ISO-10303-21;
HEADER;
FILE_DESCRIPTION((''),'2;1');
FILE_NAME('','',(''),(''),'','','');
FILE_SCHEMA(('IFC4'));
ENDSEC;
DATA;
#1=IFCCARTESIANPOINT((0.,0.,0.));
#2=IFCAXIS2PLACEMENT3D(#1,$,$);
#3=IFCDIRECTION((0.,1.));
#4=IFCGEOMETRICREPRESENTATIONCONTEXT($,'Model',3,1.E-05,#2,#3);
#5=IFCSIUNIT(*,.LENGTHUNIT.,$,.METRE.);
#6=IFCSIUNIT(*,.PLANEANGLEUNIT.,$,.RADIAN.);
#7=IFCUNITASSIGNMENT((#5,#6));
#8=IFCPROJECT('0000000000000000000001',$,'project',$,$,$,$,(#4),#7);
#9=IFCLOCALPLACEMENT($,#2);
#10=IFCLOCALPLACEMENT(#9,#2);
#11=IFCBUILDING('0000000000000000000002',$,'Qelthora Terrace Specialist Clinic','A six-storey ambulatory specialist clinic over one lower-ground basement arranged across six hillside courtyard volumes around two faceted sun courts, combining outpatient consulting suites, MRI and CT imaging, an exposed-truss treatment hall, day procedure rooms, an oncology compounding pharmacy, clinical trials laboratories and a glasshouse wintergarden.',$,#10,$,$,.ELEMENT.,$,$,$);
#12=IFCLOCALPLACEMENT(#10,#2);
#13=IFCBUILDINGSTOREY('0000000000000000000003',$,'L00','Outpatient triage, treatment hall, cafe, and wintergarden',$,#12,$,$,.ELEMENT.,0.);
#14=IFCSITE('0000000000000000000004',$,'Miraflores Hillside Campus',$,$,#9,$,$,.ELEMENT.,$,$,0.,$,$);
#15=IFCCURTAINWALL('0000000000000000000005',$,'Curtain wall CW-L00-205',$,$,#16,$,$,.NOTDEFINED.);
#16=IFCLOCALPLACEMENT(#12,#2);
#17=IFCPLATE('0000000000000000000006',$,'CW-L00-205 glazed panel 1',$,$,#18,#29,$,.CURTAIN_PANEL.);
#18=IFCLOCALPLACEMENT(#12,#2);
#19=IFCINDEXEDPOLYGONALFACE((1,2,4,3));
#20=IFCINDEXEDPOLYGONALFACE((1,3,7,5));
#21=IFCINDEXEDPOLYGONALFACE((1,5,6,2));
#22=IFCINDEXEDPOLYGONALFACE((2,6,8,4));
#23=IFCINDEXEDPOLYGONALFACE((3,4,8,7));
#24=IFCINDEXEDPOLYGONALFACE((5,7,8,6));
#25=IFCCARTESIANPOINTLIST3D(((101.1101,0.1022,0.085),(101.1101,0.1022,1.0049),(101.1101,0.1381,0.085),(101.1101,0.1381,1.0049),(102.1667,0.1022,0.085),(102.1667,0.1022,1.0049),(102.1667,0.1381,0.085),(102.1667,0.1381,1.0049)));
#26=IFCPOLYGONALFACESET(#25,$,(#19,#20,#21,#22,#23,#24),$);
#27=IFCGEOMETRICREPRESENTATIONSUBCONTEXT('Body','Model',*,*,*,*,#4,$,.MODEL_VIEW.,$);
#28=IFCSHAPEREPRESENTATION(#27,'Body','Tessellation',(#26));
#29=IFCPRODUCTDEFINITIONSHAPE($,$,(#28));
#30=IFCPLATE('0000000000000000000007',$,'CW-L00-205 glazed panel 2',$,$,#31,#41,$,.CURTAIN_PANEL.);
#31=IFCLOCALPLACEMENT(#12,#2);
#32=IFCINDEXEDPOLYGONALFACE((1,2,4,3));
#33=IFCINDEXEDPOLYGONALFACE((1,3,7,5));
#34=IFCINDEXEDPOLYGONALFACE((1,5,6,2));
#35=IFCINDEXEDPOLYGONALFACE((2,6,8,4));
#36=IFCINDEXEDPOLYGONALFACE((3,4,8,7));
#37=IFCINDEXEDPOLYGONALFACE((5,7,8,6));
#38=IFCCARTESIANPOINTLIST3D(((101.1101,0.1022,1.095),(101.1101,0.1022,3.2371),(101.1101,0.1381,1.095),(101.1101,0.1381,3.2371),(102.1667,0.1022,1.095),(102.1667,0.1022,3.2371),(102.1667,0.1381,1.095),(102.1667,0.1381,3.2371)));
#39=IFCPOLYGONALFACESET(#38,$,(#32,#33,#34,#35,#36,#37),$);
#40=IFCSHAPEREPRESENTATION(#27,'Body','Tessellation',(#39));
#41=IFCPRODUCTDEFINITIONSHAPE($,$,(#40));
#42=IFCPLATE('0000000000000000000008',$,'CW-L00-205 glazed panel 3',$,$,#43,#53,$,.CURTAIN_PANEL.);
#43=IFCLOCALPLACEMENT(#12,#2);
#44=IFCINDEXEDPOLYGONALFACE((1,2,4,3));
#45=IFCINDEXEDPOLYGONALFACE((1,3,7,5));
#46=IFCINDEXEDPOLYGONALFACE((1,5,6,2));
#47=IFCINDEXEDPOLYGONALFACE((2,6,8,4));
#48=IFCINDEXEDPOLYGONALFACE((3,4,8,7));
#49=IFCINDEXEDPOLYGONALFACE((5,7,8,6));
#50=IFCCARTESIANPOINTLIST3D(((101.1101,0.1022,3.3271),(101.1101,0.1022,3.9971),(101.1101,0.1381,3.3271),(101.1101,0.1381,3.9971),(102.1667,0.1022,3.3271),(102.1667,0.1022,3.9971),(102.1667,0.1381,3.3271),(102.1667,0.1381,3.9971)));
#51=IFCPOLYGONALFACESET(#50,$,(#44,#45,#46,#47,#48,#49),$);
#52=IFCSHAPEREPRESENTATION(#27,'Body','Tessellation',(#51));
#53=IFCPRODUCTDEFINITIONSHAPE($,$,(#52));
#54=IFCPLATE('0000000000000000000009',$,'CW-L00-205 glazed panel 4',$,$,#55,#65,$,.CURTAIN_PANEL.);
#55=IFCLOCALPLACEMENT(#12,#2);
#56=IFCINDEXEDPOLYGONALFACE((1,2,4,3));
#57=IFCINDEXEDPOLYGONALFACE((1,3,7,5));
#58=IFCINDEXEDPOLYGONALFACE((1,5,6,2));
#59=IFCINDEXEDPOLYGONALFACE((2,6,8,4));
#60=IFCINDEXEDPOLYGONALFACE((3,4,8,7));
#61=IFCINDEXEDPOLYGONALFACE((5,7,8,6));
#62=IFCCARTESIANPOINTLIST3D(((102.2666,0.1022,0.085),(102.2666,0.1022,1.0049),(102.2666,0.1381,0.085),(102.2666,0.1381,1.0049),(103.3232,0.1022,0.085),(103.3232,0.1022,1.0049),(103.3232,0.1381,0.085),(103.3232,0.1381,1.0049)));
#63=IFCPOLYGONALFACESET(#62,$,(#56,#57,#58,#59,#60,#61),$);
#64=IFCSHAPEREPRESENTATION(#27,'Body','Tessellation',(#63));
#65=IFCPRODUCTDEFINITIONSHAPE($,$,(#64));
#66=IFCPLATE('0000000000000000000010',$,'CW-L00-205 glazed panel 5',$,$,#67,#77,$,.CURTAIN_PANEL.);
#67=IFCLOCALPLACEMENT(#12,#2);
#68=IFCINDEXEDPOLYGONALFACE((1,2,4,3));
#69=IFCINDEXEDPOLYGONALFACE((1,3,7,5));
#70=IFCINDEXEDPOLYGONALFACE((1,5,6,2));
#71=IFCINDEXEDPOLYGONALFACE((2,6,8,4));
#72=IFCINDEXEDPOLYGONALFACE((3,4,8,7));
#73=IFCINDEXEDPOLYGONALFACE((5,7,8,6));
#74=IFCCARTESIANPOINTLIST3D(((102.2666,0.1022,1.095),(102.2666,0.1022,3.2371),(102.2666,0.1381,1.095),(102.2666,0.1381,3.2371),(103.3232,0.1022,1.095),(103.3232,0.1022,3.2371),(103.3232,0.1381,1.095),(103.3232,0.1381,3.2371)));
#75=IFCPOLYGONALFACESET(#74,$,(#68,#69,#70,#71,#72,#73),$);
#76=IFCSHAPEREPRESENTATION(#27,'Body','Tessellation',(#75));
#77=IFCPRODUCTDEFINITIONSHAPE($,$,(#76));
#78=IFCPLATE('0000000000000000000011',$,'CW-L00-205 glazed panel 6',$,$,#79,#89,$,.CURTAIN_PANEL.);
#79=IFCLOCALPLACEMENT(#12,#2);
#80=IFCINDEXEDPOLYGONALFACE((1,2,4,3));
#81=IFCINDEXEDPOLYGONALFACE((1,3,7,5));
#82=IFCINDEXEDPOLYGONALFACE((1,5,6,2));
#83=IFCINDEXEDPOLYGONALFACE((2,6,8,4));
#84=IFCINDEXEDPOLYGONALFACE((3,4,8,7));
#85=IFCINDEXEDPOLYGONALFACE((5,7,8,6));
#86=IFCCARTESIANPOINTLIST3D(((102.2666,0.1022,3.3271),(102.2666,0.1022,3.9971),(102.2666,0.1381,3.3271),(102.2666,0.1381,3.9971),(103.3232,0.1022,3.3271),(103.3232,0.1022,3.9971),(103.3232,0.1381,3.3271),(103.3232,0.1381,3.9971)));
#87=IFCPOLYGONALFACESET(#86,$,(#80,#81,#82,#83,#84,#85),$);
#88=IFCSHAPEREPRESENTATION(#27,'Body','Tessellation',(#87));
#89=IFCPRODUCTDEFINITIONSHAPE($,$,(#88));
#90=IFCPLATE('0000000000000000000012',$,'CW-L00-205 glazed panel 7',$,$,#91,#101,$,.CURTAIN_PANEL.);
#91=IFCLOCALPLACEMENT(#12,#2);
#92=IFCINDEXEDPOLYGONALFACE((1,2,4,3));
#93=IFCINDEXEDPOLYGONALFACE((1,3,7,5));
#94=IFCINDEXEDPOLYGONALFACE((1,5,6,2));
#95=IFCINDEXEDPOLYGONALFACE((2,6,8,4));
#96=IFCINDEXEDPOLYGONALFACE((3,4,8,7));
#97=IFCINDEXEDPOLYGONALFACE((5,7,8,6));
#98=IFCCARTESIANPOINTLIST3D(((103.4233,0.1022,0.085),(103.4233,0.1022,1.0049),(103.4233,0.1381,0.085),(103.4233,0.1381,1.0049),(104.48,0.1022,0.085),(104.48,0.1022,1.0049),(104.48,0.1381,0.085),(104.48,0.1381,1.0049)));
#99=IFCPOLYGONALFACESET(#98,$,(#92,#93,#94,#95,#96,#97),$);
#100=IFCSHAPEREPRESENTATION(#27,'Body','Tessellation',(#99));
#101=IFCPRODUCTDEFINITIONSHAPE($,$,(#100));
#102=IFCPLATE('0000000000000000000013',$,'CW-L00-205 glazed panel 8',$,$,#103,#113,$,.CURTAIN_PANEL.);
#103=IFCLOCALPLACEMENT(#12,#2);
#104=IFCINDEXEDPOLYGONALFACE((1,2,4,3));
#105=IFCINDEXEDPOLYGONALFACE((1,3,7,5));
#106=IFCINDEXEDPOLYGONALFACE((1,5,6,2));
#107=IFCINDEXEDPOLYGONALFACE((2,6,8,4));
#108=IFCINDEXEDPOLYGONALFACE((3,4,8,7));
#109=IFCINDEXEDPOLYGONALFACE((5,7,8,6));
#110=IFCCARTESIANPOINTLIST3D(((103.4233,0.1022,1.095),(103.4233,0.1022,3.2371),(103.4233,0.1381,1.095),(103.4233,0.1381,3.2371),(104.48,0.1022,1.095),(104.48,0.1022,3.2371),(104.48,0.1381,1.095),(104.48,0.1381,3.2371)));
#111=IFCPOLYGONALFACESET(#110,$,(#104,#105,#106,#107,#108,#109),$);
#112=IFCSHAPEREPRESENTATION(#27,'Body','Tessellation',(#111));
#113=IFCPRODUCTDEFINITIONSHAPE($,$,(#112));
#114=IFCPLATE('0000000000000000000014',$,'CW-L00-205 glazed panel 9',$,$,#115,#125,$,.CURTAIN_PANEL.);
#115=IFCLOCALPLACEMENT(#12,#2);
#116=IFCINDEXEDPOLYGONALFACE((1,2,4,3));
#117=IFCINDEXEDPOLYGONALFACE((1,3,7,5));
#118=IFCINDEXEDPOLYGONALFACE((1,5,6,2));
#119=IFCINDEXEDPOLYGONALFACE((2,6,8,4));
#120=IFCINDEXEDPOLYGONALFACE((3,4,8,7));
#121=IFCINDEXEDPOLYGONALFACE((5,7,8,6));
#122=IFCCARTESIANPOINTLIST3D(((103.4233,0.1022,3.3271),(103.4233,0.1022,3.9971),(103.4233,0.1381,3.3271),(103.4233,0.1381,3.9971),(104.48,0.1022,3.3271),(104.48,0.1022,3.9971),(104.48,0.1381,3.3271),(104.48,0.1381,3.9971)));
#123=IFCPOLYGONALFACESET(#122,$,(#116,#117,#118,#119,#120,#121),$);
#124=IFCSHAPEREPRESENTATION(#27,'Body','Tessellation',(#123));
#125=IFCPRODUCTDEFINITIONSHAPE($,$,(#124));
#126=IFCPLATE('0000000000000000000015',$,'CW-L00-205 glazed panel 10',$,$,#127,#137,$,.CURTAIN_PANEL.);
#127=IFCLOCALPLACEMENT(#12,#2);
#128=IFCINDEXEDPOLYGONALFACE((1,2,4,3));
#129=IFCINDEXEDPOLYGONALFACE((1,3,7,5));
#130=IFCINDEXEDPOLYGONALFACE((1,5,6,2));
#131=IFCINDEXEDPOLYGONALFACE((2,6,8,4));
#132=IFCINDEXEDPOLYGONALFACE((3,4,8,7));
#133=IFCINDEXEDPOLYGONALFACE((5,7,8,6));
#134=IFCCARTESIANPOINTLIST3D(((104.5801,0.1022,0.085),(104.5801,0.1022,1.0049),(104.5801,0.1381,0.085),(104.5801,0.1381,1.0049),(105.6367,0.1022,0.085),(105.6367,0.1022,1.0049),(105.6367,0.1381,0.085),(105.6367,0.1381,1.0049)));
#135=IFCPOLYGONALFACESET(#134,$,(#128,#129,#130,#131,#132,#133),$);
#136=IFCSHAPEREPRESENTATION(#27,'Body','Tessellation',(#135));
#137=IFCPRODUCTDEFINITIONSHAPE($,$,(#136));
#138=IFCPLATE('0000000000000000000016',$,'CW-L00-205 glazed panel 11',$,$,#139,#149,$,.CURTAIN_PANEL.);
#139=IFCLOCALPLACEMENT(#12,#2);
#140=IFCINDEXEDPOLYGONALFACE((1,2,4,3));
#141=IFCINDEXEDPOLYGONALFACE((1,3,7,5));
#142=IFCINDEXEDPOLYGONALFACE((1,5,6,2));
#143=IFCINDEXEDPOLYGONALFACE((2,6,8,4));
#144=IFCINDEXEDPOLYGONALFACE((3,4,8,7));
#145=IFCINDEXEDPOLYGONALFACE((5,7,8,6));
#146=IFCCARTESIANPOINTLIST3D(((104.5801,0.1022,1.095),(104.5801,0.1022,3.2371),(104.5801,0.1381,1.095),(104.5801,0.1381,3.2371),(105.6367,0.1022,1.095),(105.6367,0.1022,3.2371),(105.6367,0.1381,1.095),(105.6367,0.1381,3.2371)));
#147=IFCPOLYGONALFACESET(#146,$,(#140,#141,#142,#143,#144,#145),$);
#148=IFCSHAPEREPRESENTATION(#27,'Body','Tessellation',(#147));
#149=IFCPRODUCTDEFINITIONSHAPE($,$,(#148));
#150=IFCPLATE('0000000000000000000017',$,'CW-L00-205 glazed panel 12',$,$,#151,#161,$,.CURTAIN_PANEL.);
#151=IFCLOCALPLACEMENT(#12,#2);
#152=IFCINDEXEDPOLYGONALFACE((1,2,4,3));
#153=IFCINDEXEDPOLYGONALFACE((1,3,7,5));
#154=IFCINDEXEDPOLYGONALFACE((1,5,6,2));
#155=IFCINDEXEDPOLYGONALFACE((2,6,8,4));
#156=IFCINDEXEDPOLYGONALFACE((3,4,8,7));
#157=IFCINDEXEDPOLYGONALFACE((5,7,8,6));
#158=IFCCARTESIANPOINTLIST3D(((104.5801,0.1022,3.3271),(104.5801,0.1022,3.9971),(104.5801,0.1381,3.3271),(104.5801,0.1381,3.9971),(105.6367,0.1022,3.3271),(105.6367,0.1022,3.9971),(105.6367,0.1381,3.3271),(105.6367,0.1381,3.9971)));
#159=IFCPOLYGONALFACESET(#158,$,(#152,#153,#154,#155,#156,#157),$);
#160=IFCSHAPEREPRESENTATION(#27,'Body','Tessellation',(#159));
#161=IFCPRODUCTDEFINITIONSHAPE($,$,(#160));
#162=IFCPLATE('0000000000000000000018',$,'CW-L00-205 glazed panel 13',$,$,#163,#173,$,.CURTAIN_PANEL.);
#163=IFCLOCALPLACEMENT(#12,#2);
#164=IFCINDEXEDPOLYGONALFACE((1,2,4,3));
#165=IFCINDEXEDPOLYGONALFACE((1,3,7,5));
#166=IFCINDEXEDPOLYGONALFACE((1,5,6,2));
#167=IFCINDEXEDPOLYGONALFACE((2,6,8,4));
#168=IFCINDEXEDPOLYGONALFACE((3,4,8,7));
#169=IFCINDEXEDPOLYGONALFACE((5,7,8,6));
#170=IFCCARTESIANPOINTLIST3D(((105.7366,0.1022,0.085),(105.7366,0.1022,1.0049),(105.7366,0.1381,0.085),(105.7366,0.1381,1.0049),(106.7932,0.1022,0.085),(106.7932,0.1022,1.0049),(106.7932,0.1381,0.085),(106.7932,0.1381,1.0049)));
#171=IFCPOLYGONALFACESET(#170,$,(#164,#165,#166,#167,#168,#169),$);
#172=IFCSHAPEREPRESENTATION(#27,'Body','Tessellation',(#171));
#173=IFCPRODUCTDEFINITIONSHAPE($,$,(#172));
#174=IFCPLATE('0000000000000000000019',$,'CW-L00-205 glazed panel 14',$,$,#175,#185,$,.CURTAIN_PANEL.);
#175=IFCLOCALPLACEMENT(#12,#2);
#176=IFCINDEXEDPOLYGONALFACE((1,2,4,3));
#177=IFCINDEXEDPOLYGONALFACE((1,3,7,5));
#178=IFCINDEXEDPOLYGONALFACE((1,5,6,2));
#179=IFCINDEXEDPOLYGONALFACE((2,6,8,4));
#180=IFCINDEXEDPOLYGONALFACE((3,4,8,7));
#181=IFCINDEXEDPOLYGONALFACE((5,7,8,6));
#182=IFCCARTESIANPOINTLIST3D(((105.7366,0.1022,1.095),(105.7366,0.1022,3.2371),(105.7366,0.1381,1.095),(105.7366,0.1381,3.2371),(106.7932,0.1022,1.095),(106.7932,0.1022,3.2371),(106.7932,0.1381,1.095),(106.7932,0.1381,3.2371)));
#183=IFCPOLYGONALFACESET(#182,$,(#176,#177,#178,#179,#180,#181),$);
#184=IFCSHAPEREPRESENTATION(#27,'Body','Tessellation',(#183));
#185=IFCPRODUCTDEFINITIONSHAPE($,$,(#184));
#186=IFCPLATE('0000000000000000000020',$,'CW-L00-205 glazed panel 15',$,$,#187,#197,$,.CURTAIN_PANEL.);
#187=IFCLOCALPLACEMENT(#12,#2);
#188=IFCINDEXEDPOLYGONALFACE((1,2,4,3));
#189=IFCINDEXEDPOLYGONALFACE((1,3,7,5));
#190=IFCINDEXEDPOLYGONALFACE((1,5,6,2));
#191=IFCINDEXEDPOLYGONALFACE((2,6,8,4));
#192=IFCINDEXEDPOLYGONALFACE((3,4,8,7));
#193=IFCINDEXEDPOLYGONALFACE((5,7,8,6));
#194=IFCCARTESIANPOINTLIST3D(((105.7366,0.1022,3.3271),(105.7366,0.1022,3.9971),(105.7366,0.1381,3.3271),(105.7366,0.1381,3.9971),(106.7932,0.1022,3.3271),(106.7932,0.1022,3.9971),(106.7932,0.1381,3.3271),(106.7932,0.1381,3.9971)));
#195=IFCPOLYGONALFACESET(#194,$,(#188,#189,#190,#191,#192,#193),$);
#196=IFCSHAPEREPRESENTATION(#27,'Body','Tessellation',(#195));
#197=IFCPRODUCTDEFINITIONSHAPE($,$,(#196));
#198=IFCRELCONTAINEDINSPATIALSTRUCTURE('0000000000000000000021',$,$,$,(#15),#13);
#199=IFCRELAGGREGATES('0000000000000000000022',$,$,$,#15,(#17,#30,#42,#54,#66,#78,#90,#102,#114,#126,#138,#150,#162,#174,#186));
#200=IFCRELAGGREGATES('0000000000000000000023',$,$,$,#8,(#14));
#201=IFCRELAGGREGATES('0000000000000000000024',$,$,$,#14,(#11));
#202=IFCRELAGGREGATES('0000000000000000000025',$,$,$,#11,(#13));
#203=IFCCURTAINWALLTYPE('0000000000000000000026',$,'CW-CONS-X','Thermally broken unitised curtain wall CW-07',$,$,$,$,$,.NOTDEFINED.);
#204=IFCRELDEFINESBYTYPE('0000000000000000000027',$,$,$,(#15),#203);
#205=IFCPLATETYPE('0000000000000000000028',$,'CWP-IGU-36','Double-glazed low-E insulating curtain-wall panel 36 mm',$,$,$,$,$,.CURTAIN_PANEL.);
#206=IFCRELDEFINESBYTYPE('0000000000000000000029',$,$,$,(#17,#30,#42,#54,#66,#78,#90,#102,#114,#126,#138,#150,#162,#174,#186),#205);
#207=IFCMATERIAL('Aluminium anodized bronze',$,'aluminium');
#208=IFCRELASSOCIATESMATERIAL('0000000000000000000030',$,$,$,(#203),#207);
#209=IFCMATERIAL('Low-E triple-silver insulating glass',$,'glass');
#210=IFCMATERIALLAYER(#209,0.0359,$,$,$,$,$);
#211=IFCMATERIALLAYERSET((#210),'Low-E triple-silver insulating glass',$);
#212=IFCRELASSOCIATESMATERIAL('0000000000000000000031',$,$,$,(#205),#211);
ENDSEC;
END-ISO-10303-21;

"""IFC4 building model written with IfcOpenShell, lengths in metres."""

from ifc_helpers import new_model, si_unit, direction, frame, origin, origin_2d, place, context, subcontext, project, spatial, rectangle, extrude, material, layer, layer_set, type_object, element, aggregate, save


model = new_model("IFC4")

# Units and contexts
model_context = context("Model", 3, precision=1e-05, world=origin(), true_north=direction((0.0, 1.0)))
body_context = subcontext(model_context, "Body", "Model", "MODEL_VIEW")
ifc_project = project(units=[si_unit("LENGTHUNIT", "METRE"), si_unit("PLANEANGLEUNIT", "RADIAN")], contexts=[model_context])

# Site, building, storey
site_placement = place(None, origin())
site = spatial("IfcSite", under=ifc_project, at=site_placement, Name="Miraflores Hillside Campus", CompositionType="ELEMENT", RefElevation=0.0)
building_placement = place(site_placement, origin())
building = spatial("IfcBuilding", under=site, at=building_placement, Name="Qelthora Terrace Specialist Clinic", Description="A six-storey ambulatory specialist clinic over one lower-ground basement arranged across six hillside courtyard volumes around two faceted sun courts, combining outpatient consulting suites, MRI and CT imaging, an exposed-truss treatment hall, day procedure rooms, an oncology compounding pharmacy, clinical trials laboratories and a glasshouse wintergarden.", CompositionType="ELEMENT")
storey_placement = place(building_placement, origin())
storey = spatial("IfcBuildingStorey", under=building, at=storey_placement, Name="L00", Description="Outpatient triage, treatment hall, cafe, and wintergarden", CompositionType="ELEMENT", Elevation=0.0)

# Curtain wall, plates
ifc_material_1 = material(Name="Aluminium anodized bronze", Category="aluminium")
curtain_wall_type = type_object("IfcCurtainWallType", Name="CW-CONS-X", Description="Thermally broken unitised curtain wall CW-07", PredefinedType="NOTDEFINED", material=ifc_material_1)
curtain_wall_placement = place(storey_placement, origin())
curtain_wall = element("IfcCurtainWall", 1, at=curtain_wall_placement, inside=storey, type_object=curtain_wall_type, Name="Curtain wall CW-L00-205", PredefinedType="NOTDEFINED")
ifc_material_2 = material(Name="Low-E triple-silver insulating glass", Category="glass")
ifc_layer_1 = layer(ifc_material_2, 0.0359)
ifc_layer_set_1 = layer_set([ifc_layer_1], Name="Low-E triple-silver insulating glass")
plate_type_1 = type_object("IfcPlateType", Name="CWP-IGU-36", Description="Double-glazed low-E insulating curtain-wall panel 36 mm", PredefinedType="CURTAIN_PANEL", material=ifc_layer_set_1)
plate_1_placement = place(storey_placement, frame((101.6384, 0.1201, 0.085), z_axis=(0.0, 0.0, 1.0), x_axis=(1.0, 0.0, 0.0)))
plate_1 = element("IfcPlate", 2, at=plate_1_placement, type_object=plate_type_1, Name="CW-L00-205 glazed panel 1", PredefinedType="CURTAIN_PANEL", context=body_context, shape_type="SweptSolid", body=[
    extrude(rectangle(XDim=1.0566, YDim=0.0359, at=origin_2d()), origin(), (0.0, 0.0, 1.0), 0.9199),
])
plate_2_placement = place(storey_placement, frame((101.6384, 0.1201, 1.095), z_axis=(0.0, 0.0, 1.0), x_axis=(1.0, 0.0, 0.0)))
plate_2 = element("IfcPlate", 3, at=plate_2_placement, type_object=plate_type_1, Name="CW-L00-205 glazed panel 2", PredefinedType="CURTAIN_PANEL", context=body_context, shape_type="SweptSolid", body=[
    extrude(rectangle(XDim=1.0566, YDim=0.0359, at=origin_2d()), origin(), (0.0, 0.0, 1.0), 2.1421),
])
plate_3_placement = place(storey_placement, frame((101.6384, 0.1201, 3.3271), z_axis=(0.0, 0.0, 1.0), x_axis=(1.0, 0.0, 0.0)))
plate_3 = element("IfcPlate", 4, at=plate_3_placement, type_object=plate_type_1, Name="CW-L00-205 glazed panel 3", PredefinedType="CURTAIN_PANEL", context=body_context, shape_type="SweptSolid", body=[
    extrude(rectangle(XDim=1.0566, YDim=0.0359, at=origin_2d()), origin(), (0.0, 0.0, 1.0), 0.6699),
])
plate_4_placement = place(storey_placement, frame((102.7949, 0.1201, 0.085), z_axis=(0.0, 0.0, 1.0), x_axis=(1.0, 0.0, 0.0)))
plate_4 = element("IfcPlate", 5, at=plate_4_placement, type_object=plate_type_1, Name="CW-L00-205 glazed panel 4", PredefinedType="CURTAIN_PANEL", context=body_context, shape_type="SweptSolid", body=[
    extrude(rectangle(XDim=1.0566, YDim=0.0359, at=origin_2d()), origin(), (0.0, 0.0, 1.0), 0.9199),
])
plate_5_placement = place(storey_placement, frame((102.7949, 0.1201, 1.095), z_axis=(0.0, 0.0, 1.0), x_axis=(1.0, 0.0, 0.0)))
plate_5 = element("IfcPlate", 6, at=plate_5_placement, type_object=plate_type_1, Name="CW-L00-205 glazed panel 5", PredefinedType="CURTAIN_PANEL", context=body_context, shape_type="SweptSolid", body=[
    extrude(rectangle(XDim=1.0566, YDim=0.0359, at=origin_2d()), origin(), (0.0, 0.0, 1.0), 2.1421),
])
plate_6_placement = place(storey_placement, frame((102.7949, 0.1201, 3.3271), z_axis=(0.0, 0.0, 1.0), x_axis=(1.0, 0.0, 0.0)))
plate_6 = element("IfcPlate", 7, at=plate_6_placement, type_object=plate_type_1, Name="CW-L00-205 glazed panel 6", PredefinedType="CURTAIN_PANEL", context=body_context, shape_type="SweptSolid", body=[
    extrude(rectangle(XDim=1.0566, YDim=0.0359, at=origin_2d()), origin(), (0.0, 0.0, 1.0), 0.6699),
])
plate_7_placement = place(storey_placement, frame((103.9517, 0.1201, 0.085), z_axis=(0.0, 0.0, 1.0), x_axis=(1.0, 0.0, 0.0)))
plate_7 = element("IfcPlate", 8, at=plate_7_placement, type_object=plate_type_1, Name="CW-L00-205 glazed panel 7", PredefinedType="CURTAIN_PANEL", context=body_context, shape_type="SweptSolid", body=[
    extrude(rectangle(XDim=1.0566, YDim=0.0359, at=origin_2d()), origin(), (0.0, 0.0, 1.0), 0.9199),
])
plate_8_placement = place(storey_placement, frame((103.9517, 0.1201, 1.095), z_axis=(0.0, 0.0, 1.0), x_axis=(1.0, 0.0, 0.0)))
plate_8 = element("IfcPlate", 9, at=plate_8_placement, type_object=plate_type_1, Name="CW-L00-205 glazed panel 8", PredefinedType="CURTAIN_PANEL", context=body_context, shape_type="SweptSolid", body=[
    extrude(rectangle(XDim=1.0566, YDim=0.0359, at=origin_2d()), origin(), (0.0, 0.0, 1.0), 2.1421),
])
plate_9_placement = place(storey_placement, frame((103.9517, 0.1201, 3.3271), z_axis=(0.0, 0.0, 1.0), x_axis=(1.0, 0.0, 0.0)))
plate_9 = element("IfcPlate", 10, at=plate_9_placement, type_object=plate_type_1, Name="CW-L00-205 glazed panel 9", PredefinedType="CURTAIN_PANEL", context=body_context, shape_type="SweptSolid", body=[
    extrude(rectangle(XDim=1.0566, YDim=0.0359, at=origin_2d()), origin(), (0.0, 0.0, 1.0), 0.6699),
])
plate_10_placement = place(storey_placement, frame((105.1084, 0.1201, 0.085), z_axis=(0.0, 0.0, 1.0), x_axis=(1.0, 0.0, 0.0)))
plate_10 = element("IfcPlate", 11, at=plate_10_placement, type_object=plate_type_1, Name="CW-L00-205 glazed panel 10", PredefinedType="CURTAIN_PANEL", context=body_context, shape_type="SweptSolid", body=[
    extrude(rectangle(XDim=1.0566, YDim=0.0359, at=origin_2d()), origin(), (0.0, 0.0, 1.0), 0.9199),
])
plate_11_placement = place(storey_placement, frame((105.1084, 0.1201, 1.095), z_axis=(0.0, 0.0, 1.0), x_axis=(1.0, 0.0, 0.0)))
plate_11 = element("IfcPlate", 12, at=plate_11_placement, type_object=plate_type_1, Name="CW-L00-205 glazed panel 11", PredefinedType="CURTAIN_PANEL", context=body_context, shape_type="SweptSolid", body=[
    extrude(rectangle(XDim=1.0566, YDim=0.0359, at=origin_2d()), origin(), (0.0, 0.0, 1.0), 2.1421),
])
plate_12_placement = place(storey_placement, frame((105.1084, 0.1201, 3.3271), z_axis=(0.0, 0.0, 1.0), x_axis=(1.0, 0.0, 0.0)))
plate_12 = element("IfcPlate", 13, at=plate_12_placement, type_object=plate_type_1, Name="CW-L00-205 glazed panel 12", PredefinedType="CURTAIN_PANEL", context=body_context, shape_type="SweptSolid", body=[
    extrude(rectangle(XDim=1.0566, YDim=0.0359, at=origin_2d()), origin(), (0.0, 0.0, 1.0), 0.6699),
])
plate_13_placement = place(storey_placement, frame((106.2649, 0.1201, 0.085), z_axis=(0.0, 0.0, 1.0), x_axis=(1.0, 0.0, 0.0)))
plate_13 = element("IfcPlate", 14, at=plate_13_placement, type_object=plate_type_1, Name="CW-L00-205 glazed panel 13", PredefinedType="CURTAIN_PANEL", context=body_context, shape_type="SweptSolid", body=[
    extrude(rectangle(XDim=1.0566, YDim=0.0359, at=origin_2d()), origin(), (0.0, 0.0, 1.0), 0.9199),
])
plate_14_placement = place(storey_placement, frame((106.2649, 0.1201, 1.095), z_axis=(0.0, 0.0, 1.0), x_axis=(1.0, 0.0, 0.0)))
plate_14 = element("IfcPlate", 15, at=plate_14_placement, type_object=plate_type_1, Name="CW-L00-205 glazed panel 14", PredefinedType="CURTAIN_PANEL", context=body_context, shape_type="SweptSolid", body=[
    extrude(rectangle(XDim=1.0566, YDim=0.0359, at=origin_2d()), origin(), (0.0, 0.0, 1.0), 2.1421),
])
plate_15_placement = place(storey_placement, frame((106.2649, 0.1201, 3.3271), z_axis=(0.0, 0.0, 1.0), x_axis=(1.0, 0.0, 0.0)))
plate_15 = element("IfcPlate", 16, at=plate_15_placement, type_object=plate_type_1, Name="CW-L00-205 glazed panel 15", PredefinedType="CURTAIN_PANEL", context=body_context, shape_type="SweptSolid", body=[
    extrude(rectangle(XDim=1.0566, YDim=0.0359, at=origin_2d()), origin(), (0.0, 0.0, 1.0), 0.6699),
])
aggregate(curtain_wall, [plate_1, plate_2, plate_3, plate_4, plate_5, plate_6, plate_7, plate_8, plate_9, plate_10, plate_11, plate_12, plate_13, plate_14, plate_15])

save(model, "model.ifc")
